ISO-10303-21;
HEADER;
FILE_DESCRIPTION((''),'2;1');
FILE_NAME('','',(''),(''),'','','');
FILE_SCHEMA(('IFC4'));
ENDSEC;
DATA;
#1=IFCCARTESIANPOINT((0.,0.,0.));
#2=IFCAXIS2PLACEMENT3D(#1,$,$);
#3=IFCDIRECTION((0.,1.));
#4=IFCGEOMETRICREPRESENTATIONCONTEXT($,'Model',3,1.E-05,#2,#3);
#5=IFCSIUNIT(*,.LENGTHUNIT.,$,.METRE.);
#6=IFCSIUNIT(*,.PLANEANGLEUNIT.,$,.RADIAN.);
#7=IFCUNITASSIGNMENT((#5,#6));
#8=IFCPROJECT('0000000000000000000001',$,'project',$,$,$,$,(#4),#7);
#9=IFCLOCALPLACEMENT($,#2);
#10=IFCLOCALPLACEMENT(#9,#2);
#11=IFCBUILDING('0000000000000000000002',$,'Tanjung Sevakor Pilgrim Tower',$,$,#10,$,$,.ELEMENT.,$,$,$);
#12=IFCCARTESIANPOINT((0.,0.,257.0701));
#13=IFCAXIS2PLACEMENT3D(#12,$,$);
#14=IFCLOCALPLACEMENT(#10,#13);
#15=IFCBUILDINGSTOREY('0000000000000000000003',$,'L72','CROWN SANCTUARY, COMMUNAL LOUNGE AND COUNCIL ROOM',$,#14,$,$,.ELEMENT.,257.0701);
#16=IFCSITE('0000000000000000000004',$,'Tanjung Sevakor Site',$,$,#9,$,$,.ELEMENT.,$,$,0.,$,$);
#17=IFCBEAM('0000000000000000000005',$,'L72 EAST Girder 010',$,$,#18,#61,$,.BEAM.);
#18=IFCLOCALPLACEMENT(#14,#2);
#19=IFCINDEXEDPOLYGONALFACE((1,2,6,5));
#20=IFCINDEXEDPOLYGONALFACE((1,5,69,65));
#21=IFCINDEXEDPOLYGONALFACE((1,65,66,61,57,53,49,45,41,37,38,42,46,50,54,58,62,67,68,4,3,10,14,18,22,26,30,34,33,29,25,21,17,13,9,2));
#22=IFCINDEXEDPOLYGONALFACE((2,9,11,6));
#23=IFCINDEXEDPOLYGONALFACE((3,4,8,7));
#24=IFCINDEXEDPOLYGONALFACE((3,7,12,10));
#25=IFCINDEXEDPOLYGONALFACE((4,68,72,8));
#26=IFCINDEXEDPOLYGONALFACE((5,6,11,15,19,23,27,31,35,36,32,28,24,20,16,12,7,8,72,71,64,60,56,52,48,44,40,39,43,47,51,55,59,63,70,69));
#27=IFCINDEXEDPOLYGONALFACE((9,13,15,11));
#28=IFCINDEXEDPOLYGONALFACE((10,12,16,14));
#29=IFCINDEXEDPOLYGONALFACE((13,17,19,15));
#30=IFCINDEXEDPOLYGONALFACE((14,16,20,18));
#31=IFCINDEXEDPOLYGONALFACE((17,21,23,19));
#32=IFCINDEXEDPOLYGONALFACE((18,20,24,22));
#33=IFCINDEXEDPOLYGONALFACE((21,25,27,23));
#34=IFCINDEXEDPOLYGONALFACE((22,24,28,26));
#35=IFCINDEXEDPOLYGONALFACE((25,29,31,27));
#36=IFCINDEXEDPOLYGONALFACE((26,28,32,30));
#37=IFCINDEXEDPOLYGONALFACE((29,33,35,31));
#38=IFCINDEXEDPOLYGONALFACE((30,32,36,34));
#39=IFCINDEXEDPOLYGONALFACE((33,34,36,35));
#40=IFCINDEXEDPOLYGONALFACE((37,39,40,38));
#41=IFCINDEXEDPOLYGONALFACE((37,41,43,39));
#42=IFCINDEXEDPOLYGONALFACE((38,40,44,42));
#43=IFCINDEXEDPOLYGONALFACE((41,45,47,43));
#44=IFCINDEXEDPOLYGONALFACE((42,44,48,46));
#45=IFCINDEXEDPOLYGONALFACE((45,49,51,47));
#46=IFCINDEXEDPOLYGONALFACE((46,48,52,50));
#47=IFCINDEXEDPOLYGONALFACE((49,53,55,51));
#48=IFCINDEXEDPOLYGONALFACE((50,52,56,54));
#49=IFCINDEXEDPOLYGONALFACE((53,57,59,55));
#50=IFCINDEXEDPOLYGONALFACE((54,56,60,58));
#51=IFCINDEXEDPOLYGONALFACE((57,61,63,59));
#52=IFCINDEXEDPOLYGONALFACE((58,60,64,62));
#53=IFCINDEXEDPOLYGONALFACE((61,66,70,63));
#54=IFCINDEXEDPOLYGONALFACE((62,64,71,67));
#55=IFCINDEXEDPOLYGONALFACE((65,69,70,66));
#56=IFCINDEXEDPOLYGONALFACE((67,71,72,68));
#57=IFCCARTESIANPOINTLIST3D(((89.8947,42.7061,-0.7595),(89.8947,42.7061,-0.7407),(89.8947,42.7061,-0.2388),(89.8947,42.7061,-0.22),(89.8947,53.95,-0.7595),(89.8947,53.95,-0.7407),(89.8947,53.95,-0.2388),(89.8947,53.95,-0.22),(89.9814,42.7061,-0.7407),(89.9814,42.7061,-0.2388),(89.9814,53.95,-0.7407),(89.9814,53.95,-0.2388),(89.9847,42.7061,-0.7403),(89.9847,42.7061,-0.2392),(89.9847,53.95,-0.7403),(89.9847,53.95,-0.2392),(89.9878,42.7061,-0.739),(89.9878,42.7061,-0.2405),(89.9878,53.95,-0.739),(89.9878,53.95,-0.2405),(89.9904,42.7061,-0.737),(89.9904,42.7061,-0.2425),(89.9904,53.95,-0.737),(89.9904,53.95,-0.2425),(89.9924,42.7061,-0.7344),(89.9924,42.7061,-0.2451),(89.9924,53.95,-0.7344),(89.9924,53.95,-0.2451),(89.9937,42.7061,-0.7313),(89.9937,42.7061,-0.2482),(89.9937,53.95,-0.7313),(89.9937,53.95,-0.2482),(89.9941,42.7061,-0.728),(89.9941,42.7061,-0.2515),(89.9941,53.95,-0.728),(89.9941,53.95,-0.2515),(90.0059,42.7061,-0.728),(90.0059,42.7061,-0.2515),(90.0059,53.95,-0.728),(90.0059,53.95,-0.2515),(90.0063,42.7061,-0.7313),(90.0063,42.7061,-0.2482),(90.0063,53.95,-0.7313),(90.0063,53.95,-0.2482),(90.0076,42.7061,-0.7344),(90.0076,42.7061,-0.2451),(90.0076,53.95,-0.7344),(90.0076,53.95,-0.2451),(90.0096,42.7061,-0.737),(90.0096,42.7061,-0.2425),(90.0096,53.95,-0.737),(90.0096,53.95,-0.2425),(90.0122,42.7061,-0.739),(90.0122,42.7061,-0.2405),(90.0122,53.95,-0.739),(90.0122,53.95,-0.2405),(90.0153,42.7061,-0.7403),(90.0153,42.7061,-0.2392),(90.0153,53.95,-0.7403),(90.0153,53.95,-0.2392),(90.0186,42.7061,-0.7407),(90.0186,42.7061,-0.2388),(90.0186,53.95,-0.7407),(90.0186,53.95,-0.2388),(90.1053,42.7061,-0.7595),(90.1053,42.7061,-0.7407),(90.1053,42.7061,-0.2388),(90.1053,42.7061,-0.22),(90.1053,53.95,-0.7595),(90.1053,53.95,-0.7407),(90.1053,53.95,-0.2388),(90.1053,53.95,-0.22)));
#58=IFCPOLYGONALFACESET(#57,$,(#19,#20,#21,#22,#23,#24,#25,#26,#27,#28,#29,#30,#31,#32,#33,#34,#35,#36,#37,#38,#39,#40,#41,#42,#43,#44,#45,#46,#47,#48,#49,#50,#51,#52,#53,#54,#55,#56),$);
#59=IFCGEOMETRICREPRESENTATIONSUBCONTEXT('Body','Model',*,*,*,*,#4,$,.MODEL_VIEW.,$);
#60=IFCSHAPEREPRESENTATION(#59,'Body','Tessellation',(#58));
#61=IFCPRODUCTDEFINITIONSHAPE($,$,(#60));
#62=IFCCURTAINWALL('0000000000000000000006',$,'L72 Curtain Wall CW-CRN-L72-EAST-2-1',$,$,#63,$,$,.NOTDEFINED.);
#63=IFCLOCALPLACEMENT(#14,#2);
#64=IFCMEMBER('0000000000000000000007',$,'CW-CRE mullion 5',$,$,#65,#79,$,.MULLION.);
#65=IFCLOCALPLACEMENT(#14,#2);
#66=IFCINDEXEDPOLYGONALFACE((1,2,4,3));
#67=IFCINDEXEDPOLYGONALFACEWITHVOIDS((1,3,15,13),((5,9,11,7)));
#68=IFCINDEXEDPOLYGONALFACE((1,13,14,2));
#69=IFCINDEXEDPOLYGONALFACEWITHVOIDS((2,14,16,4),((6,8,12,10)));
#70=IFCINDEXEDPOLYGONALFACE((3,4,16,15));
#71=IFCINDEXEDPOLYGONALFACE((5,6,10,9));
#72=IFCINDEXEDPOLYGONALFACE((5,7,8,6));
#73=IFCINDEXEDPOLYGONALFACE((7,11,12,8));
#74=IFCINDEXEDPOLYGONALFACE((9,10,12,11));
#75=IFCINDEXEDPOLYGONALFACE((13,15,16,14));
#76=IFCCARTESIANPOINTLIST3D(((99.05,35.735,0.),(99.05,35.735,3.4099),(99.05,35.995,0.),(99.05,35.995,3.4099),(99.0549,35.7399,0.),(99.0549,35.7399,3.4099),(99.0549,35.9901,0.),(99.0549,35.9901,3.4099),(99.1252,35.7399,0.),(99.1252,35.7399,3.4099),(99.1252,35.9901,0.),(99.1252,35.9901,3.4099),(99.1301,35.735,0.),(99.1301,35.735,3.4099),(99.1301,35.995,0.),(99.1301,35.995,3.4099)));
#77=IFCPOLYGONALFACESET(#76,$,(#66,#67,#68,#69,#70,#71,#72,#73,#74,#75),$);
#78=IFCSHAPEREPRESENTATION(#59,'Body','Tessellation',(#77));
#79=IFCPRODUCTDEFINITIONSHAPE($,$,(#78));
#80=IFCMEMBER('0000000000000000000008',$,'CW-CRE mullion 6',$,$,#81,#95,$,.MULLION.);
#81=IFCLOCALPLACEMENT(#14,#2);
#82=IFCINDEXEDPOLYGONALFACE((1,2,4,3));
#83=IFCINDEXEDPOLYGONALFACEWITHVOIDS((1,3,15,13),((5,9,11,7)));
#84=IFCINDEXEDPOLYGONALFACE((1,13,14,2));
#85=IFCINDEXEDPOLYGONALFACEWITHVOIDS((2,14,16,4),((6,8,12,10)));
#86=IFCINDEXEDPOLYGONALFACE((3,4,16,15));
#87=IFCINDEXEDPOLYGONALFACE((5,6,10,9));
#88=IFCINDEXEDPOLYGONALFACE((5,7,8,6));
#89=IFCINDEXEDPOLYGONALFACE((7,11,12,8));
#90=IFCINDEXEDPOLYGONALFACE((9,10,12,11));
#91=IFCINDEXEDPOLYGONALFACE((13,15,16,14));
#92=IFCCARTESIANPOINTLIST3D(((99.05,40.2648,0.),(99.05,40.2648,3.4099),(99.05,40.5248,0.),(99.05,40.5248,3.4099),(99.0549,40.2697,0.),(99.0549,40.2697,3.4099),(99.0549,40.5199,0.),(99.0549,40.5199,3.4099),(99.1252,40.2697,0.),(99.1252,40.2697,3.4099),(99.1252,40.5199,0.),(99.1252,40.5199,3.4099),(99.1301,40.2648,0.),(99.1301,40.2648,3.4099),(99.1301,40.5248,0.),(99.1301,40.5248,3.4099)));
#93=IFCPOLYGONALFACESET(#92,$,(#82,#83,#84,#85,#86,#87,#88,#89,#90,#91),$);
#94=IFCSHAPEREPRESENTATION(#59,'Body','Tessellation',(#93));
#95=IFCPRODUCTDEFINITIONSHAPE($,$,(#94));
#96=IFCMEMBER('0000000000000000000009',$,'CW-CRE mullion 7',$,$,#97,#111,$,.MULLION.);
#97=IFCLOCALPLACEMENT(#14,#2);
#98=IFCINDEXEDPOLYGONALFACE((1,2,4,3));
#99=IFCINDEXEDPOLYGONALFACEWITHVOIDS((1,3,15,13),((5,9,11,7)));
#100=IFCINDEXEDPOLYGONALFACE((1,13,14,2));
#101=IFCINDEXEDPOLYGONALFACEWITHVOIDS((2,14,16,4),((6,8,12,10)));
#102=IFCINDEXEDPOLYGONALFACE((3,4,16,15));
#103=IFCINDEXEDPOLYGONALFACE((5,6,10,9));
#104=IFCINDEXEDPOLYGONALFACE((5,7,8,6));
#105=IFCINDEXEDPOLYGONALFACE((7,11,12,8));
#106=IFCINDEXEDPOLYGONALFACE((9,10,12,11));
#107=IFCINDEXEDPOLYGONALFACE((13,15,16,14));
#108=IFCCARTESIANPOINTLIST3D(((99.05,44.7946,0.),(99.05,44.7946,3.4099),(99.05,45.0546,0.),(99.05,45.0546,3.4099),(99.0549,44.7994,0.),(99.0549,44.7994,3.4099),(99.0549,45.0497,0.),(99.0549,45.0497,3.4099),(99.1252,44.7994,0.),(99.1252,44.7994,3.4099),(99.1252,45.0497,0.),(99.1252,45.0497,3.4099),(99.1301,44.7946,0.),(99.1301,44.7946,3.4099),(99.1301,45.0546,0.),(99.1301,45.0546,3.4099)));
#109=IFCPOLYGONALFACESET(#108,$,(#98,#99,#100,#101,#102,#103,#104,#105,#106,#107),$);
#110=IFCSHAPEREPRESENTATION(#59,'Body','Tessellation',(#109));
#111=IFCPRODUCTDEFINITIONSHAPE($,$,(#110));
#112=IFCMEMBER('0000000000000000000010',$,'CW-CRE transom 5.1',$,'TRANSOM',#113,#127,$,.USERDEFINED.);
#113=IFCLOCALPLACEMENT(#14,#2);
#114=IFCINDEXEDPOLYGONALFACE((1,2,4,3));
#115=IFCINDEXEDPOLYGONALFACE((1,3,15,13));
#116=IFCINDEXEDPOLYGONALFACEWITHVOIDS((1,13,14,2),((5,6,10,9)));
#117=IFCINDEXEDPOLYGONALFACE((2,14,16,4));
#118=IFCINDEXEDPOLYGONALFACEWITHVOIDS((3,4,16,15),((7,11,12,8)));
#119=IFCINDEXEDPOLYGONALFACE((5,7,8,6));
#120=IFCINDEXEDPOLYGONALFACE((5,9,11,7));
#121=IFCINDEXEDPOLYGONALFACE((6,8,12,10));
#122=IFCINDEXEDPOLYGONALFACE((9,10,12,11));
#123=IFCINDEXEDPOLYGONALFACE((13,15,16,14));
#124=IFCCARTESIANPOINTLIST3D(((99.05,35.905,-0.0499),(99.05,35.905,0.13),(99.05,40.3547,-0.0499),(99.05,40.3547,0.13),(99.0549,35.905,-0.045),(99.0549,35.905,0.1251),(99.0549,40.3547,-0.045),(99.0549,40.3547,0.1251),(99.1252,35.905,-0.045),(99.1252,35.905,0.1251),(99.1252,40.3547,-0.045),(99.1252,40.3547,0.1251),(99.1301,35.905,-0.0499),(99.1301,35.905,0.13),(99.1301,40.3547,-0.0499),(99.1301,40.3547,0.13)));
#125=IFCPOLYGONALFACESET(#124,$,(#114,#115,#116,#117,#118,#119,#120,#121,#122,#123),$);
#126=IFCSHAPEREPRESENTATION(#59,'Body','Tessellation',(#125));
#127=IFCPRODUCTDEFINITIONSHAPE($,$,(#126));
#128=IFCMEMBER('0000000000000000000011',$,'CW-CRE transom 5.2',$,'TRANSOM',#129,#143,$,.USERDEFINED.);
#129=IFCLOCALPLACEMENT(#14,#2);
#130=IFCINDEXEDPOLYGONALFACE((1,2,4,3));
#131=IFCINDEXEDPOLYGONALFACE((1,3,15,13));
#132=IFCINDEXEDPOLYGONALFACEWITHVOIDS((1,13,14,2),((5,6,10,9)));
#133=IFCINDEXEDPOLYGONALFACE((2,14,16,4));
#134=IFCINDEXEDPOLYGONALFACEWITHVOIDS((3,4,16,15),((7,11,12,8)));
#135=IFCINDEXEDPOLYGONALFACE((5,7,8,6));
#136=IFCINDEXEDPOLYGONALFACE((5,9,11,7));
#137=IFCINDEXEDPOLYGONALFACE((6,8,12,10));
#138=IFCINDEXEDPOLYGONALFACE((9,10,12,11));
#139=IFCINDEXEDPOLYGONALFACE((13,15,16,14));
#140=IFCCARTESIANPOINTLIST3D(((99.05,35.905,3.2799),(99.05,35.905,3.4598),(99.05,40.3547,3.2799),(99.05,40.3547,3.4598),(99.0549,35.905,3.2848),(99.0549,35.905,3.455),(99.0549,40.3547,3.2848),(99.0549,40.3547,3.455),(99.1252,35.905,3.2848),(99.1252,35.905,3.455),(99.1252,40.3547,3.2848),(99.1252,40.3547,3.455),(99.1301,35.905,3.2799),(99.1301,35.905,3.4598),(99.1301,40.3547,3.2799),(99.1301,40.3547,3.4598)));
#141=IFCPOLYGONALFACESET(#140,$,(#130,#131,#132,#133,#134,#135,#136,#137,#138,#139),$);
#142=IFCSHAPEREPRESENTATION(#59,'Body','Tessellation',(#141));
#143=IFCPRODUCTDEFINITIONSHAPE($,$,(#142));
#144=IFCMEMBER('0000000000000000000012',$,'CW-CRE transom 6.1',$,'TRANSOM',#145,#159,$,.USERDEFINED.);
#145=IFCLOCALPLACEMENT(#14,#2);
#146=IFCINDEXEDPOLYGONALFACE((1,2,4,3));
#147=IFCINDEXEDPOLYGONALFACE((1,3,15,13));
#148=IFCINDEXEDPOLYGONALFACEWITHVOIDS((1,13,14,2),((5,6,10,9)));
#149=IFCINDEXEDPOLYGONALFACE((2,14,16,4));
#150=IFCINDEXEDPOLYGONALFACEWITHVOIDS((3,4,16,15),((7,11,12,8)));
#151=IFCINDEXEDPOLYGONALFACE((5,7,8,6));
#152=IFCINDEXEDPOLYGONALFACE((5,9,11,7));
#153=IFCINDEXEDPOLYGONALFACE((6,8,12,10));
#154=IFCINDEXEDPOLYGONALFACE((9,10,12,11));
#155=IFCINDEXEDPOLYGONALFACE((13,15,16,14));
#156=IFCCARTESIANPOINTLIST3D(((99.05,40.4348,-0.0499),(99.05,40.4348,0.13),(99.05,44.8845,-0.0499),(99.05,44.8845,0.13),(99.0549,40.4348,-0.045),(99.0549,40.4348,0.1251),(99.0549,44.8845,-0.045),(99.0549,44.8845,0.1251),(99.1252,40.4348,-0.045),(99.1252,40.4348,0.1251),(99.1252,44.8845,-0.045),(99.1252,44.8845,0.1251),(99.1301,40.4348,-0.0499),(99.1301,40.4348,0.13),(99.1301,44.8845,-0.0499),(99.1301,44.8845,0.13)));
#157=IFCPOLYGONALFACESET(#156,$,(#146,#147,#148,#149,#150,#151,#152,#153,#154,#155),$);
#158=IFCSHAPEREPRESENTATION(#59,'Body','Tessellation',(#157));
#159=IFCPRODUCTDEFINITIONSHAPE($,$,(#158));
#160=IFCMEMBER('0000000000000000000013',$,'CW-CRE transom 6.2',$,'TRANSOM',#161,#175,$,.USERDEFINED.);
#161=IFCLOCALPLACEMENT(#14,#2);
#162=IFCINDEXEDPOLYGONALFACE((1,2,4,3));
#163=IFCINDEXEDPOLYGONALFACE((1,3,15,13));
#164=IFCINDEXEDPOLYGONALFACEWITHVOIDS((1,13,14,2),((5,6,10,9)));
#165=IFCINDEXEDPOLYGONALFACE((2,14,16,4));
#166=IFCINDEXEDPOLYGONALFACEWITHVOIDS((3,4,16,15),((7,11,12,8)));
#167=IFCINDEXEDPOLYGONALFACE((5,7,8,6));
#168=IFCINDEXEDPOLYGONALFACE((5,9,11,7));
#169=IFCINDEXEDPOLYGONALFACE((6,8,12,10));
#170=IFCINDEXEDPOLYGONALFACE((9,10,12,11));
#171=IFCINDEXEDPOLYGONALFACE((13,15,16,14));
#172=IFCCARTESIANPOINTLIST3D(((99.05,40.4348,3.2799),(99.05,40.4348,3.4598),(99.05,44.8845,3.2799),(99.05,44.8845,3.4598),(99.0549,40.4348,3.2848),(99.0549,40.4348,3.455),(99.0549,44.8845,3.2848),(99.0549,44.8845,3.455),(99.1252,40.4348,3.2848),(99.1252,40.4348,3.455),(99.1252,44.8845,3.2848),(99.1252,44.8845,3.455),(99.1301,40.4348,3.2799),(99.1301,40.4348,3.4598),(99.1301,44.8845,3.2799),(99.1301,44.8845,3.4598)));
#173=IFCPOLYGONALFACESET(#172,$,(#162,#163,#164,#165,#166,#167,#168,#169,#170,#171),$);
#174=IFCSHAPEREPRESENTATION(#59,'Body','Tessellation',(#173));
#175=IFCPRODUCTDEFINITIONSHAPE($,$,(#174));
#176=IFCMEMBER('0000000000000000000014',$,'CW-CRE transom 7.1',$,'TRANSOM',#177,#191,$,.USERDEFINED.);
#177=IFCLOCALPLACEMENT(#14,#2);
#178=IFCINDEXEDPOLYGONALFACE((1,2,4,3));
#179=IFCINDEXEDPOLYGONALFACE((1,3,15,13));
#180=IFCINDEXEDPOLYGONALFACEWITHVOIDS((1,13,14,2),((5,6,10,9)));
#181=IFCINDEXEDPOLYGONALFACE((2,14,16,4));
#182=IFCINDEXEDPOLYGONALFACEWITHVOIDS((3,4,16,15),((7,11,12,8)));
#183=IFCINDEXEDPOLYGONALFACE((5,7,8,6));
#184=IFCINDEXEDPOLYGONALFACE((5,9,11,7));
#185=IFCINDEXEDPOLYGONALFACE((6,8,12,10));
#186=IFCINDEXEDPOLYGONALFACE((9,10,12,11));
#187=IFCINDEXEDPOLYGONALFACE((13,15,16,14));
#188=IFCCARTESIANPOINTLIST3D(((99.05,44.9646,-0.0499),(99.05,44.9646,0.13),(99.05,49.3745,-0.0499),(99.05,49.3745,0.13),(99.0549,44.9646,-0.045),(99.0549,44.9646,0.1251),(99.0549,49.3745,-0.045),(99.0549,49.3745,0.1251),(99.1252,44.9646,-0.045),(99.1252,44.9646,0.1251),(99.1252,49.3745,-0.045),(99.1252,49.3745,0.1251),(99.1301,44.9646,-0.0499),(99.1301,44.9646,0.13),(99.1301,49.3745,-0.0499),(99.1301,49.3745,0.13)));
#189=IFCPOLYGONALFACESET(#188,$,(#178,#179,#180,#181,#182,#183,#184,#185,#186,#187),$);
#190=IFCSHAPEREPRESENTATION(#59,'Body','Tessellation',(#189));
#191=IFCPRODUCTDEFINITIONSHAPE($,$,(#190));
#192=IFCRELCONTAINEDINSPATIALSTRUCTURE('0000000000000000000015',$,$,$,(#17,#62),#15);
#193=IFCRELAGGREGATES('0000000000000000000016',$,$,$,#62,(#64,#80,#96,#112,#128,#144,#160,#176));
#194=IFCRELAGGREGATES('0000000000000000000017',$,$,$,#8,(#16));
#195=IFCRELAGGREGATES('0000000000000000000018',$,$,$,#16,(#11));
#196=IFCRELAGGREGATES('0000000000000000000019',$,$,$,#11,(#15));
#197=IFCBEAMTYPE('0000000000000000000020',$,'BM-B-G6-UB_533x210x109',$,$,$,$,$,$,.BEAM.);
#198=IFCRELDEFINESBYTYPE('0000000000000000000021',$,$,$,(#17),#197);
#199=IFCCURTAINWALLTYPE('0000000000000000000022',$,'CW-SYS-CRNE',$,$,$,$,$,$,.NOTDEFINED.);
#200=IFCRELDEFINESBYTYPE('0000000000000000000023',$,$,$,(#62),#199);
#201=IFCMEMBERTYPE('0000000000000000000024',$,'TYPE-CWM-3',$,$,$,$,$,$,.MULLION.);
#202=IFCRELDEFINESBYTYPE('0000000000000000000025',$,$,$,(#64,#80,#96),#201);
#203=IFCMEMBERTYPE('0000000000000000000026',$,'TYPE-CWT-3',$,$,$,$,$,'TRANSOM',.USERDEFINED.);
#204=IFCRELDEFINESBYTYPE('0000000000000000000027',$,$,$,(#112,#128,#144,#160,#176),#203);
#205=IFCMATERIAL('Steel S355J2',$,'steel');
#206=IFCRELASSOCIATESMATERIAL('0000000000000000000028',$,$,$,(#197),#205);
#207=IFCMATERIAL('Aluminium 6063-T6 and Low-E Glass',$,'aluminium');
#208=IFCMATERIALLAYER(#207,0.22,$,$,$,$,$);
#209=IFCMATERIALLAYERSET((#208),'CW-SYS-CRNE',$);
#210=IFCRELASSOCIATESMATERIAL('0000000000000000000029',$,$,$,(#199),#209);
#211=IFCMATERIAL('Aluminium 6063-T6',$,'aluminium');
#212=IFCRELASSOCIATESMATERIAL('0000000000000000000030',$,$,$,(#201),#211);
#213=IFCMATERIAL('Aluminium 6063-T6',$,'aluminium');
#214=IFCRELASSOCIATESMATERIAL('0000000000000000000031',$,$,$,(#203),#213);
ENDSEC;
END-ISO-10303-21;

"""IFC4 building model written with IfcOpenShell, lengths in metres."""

from ifc_helpers import new_model, si_unit, direction, frame, origin, origin_2d, place, context, subcontext, project, spatial, hollow_rectangle, i_section, extrude, material, layer, layer_set, material_profile, profile_set, type_object, element, aggregate, save


model = new_model("IFC4")

# Units and contexts
model_context = context("Model", 3, precision=1e-05, world=origin(), true_north=direction((0.0, 1.0)))
body_context = subcontext(model_context, "Body", "Model", "MODEL_VIEW")
ifc_project = project(units=[si_unit("LENGTHUNIT", "METRE"), si_unit("PLANEANGLEUNIT", "RADIAN")], contexts=[model_context])

# Site, building, storey
site_placement = place(None, origin())
site = spatial("IfcSite", under=ifc_project, at=site_placement, Name="Tanjung Sevakor Site", CompositionType="ELEMENT", RefElevation=0.0)
building_placement = place(site_placement, origin())
building = spatial("IfcBuilding", under=site, at=building_placement, Name="Tanjung Sevakor Pilgrim Tower", CompositionType="ELEMENT")
storey_placement = place(building_placement, frame((0.0, 0.0, 257.0701)))
storey = spatial("IfcBuildingStorey", under=building, at=storey_placement, Name="L72", Description="CROWN SANCTUARY, COMMUNAL LOUNGE AND COUNCIL ROOM", CompositionType="ELEMENT", Elevation=257.0701)

# Beam
ifc_material_1 = material(Name="Steel S355J2", Category="steel")
ifc_material_profile_1 = material_profile(ifc_material_1, i_section(OverallWidth=0.2107, OverallDepth=0.5396, WebThickness=0.0117, FlangeThickness=0.0188, FilletRadius=0.0127, at=origin_2d()))
ifc_profile_set_1 = profile_set([ifc_material_profile_1], Name="Steel S355J2")
beam_type = type_object("IfcBeamType", Name="BM-B-G6-UB_533x210x109", PredefinedType="BEAM", material=ifc_profile_set_1)
beam_placement = place(storey_placement, frame((90.0, 42.7061, -0.4897), z_axis=(0.0, 1.0, 0.0), x_axis=(-1.0, 0.0, 0.0)))
element("IfcBeam", 1, at=beam_placement, inside=storey, type_object=beam_type, Name="L72 EAST Girder 010", PredefinedType="BEAM", context=body_context, shape_type="SweptSolid", body=[
    extrude(i_section(OverallWidth=0.2107, OverallDepth=0.5396, WebThickness=0.0117, FlangeThickness=0.0188, FilletRadius=0.0127, at=origin_2d()), origin(), (0.0, 0.0, 1.0), 11.2439),
])

# Curtain wall, members
ifc_material_2 = material(Name="Aluminium 6063-T6 and Low-E Glass", Category="aluminium")
ifc_layer_1 = layer(ifc_material_2, 0.22)
ifc_layer_set_1 = layer_set([ifc_layer_1], Name="CW-SYS-CRNE")
curtain_wall_type = type_object("IfcCurtainWallType", Name="CW-SYS-CRNE", PredefinedType="NOTDEFINED", material=ifc_layer_set_1)
curtain_wall_placement = place(storey_placement, origin())
curtain_wall = element("IfcCurtainWall", 2, at=curtain_wall_placement, inside=storey, type_object=curtain_wall_type, Name="L72 Curtain Wall CW-CRN-L72-EAST-2-1", PredefinedType="NOTDEFINED")
ifc_material_3 = material(Name="Aluminium 6063-T6", Category="aluminium")
ifc_material_profile_2 = material_profile(ifc_material_3, hollow_rectangle(XDim=0.0801, YDim=0.26, WallThickness=0.0049, at=origin_2d()))
ifc_profile_set_2 = profile_set([ifc_material_profile_2], Name="Aluminium 6063-T6")
member_type_1 = type_object("IfcMemberType", Name="TYPE-CWM-3", PredefinedType="MULLION", material=ifc_profile_set_2)
member_1_placement = place(storey_placement, frame((99.0901, 35.865, 0.0), z_axis=(0.0, 0.0, 1.0), x_axis=(-1.0, 0.0, 0.0)))
member_1 = element("IfcMember", 3, at=member_1_placement, type_object=member_type_1, Name="CW-CRE mullion 5", PredefinedType="MULLION", context=body_context, shape_type="SweptSolid", body=[
    extrude(hollow_rectangle(XDim=0.0801, YDim=0.26, WallThickness=0.0049, at=origin_2d()), origin(), (0.0, 0.0, 1.0), 3.4099),
])
member_2_placement = place(storey_placement, frame((99.0901, 40.3948, 0.0), z_axis=(0.0, 0.0, 1.0), x_axis=(-1.0, 0.0, 0.0)))
member_2 = element("IfcMember", 4, at=member_2_placement, type_object=member_type_1, Name="CW-CRE mullion 6", PredefinedType="MULLION", context=body_context, shape_type="SweptSolid", body=[
    extrude(hollow_rectangle(XDim=0.0801, YDim=0.26, WallThickness=0.0049, at=origin_2d()), origin(), (0.0, 0.0, 1.0), 3.4099),
])
member_3_placement = place(storey_placement, frame((99.0901, 44.9246, 0.0), z_axis=(0.0, 0.0, 1.0), x_axis=(-1.0, 0.0, 0.0)))
member_3 = element("IfcMember", 5, at=member_3_placement, type_object=member_type_1, Name="CW-CRE mullion 7", PredefinedType="MULLION", context=body_context, shape_type="SweptSolid", body=[
    extrude(hollow_rectangle(XDim=0.0801, YDim=0.26, WallThickness=0.0049, at=origin_2d()), origin(), (0.0, 0.0, 1.0), 3.4099),
])
ifc_material_4 = material(Name="Aluminium 6063-T6", Category="aluminium")
ifc_material_profile_3 = material_profile(ifc_material_4, hollow_rectangle(XDim=0.0801, YDim=0.1799, WallThickness=0.0049, at=origin_2d()))
ifc_profile_set_3 = profile_set([ifc_material_profile_3], Name="Aluminium 6063-T6")
member_type_2 = type_object("IfcMemberType", Name="TYPE-CWT-3", ElementType="TRANSOM", PredefinedType="USERDEFINED", material=ifc_profile_set_3)
member_4_placement = place(storey_placement, frame((99.0901, 35.905, 0.04), z_axis=(0.0, 1.0, 0.0), x_axis=(-1.0, 0.0, 0.0)))
member_4 = element("IfcMember", 6, at=member_4_placement, type_object=member_type_2, Name="CW-CRE transom 5.1", ObjectType="TRANSOM", PredefinedType="USERDEFINED", context=body_context, shape_type="SweptSolid", body=[
    extrude(hollow_rectangle(XDim=0.0801, YDim=0.1799, WallThickness=0.0049, at=origin_2d()), origin(), (0.0, 0.0, 1.0), 4.4497),
])
member_5_placement = place(storey_placement, frame((99.0901, 35.905, 3.3699), z_axis=(0.0, 1.0, 0.0), x_axis=(-1.0, 0.0, 0.0)))
member_5 = element("IfcMember", 7, at=member_5_placement, type_object=member_type_2, Name="CW-CRE transom 5.2", ObjectType="TRANSOM", PredefinedType="USERDEFINED", context=body_context, shape_type="SweptSolid", body=[
    extrude(hollow_rectangle(XDim=0.0801, YDim=0.1799, WallThickness=0.0049, at=origin_2d()), origin(), (0.0, 0.0, 1.0), 4.4497),
])
member_6_placement = place(storey_placement, frame((99.0901, 40.4348, 0.04), z_axis=(0.0, 1.0, 0.0), x_axis=(-1.0, 0.0, 0.0)))
member_6 = element("IfcMember", 8, at=member_6_placement, type_object=member_type_2, Name="CW-CRE transom 6.1", ObjectType="TRANSOM", PredefinedType="USERDEFINED", context=body_context, shape_type="SweptSolid", body=[
    extrude(hollow_rectangle(XDim=0.0801, YDim=0.1799, WallThickness=0.0049, at=origin_2d()), origin(), (0.0, 0.0, 1.0), 4.4497),
])
member_7_placement = place(storey_placement, frame((99.0901, 40.4348, 3.3699), z_axis=(0.0, 1.0, 0.0), x_axis=(-1.0, 0.0, 0.0)))
member_7 = element("IfcMember", 9, at=member_7_placement, type_object=member_type_2, Name="CW-CRE transom 6.2", ObjectType="TRANSOM", PredefinedType="USERDEFINED", context=body_context, shape_type="SweptSolid", body=[
    extrude(hollow_rectangle(XDim=0.0801, YDim=0.1799, WallThickness=0.0049, at=origin_2d()), origin(), (0.0, 0.0, 1.0), 4.4497),
])
member_8_placement = place(storey_placement, frame((99.0901, 44.9646, 0.04), z_axis=(0.0, 1.0, 0.0), x_axis=(-1.0, 0.0, 0.0)))
member_8 = element("IfcMember", 10, at=member_8_placement, type_object=member_type_2, Name="CW-CRE transom 7.1", ObjectType="TRANSOM", PredefinedType="USERDEFINED", context=body_context, shape_type="SweptSolid", body=[
    extrude(hollow_rectangle(XDim=0.0801, YDim=0.1799, WallThickness=0.0049, at=origin_2d()), origin(), (0.0, 0.0, 1.0), 4.4099),
])
aggregate(curtain_wall, [member_1, member_2, member_3, member_4, member_5, member_6, member_7, member_8])

save(model, "model.ifc")
